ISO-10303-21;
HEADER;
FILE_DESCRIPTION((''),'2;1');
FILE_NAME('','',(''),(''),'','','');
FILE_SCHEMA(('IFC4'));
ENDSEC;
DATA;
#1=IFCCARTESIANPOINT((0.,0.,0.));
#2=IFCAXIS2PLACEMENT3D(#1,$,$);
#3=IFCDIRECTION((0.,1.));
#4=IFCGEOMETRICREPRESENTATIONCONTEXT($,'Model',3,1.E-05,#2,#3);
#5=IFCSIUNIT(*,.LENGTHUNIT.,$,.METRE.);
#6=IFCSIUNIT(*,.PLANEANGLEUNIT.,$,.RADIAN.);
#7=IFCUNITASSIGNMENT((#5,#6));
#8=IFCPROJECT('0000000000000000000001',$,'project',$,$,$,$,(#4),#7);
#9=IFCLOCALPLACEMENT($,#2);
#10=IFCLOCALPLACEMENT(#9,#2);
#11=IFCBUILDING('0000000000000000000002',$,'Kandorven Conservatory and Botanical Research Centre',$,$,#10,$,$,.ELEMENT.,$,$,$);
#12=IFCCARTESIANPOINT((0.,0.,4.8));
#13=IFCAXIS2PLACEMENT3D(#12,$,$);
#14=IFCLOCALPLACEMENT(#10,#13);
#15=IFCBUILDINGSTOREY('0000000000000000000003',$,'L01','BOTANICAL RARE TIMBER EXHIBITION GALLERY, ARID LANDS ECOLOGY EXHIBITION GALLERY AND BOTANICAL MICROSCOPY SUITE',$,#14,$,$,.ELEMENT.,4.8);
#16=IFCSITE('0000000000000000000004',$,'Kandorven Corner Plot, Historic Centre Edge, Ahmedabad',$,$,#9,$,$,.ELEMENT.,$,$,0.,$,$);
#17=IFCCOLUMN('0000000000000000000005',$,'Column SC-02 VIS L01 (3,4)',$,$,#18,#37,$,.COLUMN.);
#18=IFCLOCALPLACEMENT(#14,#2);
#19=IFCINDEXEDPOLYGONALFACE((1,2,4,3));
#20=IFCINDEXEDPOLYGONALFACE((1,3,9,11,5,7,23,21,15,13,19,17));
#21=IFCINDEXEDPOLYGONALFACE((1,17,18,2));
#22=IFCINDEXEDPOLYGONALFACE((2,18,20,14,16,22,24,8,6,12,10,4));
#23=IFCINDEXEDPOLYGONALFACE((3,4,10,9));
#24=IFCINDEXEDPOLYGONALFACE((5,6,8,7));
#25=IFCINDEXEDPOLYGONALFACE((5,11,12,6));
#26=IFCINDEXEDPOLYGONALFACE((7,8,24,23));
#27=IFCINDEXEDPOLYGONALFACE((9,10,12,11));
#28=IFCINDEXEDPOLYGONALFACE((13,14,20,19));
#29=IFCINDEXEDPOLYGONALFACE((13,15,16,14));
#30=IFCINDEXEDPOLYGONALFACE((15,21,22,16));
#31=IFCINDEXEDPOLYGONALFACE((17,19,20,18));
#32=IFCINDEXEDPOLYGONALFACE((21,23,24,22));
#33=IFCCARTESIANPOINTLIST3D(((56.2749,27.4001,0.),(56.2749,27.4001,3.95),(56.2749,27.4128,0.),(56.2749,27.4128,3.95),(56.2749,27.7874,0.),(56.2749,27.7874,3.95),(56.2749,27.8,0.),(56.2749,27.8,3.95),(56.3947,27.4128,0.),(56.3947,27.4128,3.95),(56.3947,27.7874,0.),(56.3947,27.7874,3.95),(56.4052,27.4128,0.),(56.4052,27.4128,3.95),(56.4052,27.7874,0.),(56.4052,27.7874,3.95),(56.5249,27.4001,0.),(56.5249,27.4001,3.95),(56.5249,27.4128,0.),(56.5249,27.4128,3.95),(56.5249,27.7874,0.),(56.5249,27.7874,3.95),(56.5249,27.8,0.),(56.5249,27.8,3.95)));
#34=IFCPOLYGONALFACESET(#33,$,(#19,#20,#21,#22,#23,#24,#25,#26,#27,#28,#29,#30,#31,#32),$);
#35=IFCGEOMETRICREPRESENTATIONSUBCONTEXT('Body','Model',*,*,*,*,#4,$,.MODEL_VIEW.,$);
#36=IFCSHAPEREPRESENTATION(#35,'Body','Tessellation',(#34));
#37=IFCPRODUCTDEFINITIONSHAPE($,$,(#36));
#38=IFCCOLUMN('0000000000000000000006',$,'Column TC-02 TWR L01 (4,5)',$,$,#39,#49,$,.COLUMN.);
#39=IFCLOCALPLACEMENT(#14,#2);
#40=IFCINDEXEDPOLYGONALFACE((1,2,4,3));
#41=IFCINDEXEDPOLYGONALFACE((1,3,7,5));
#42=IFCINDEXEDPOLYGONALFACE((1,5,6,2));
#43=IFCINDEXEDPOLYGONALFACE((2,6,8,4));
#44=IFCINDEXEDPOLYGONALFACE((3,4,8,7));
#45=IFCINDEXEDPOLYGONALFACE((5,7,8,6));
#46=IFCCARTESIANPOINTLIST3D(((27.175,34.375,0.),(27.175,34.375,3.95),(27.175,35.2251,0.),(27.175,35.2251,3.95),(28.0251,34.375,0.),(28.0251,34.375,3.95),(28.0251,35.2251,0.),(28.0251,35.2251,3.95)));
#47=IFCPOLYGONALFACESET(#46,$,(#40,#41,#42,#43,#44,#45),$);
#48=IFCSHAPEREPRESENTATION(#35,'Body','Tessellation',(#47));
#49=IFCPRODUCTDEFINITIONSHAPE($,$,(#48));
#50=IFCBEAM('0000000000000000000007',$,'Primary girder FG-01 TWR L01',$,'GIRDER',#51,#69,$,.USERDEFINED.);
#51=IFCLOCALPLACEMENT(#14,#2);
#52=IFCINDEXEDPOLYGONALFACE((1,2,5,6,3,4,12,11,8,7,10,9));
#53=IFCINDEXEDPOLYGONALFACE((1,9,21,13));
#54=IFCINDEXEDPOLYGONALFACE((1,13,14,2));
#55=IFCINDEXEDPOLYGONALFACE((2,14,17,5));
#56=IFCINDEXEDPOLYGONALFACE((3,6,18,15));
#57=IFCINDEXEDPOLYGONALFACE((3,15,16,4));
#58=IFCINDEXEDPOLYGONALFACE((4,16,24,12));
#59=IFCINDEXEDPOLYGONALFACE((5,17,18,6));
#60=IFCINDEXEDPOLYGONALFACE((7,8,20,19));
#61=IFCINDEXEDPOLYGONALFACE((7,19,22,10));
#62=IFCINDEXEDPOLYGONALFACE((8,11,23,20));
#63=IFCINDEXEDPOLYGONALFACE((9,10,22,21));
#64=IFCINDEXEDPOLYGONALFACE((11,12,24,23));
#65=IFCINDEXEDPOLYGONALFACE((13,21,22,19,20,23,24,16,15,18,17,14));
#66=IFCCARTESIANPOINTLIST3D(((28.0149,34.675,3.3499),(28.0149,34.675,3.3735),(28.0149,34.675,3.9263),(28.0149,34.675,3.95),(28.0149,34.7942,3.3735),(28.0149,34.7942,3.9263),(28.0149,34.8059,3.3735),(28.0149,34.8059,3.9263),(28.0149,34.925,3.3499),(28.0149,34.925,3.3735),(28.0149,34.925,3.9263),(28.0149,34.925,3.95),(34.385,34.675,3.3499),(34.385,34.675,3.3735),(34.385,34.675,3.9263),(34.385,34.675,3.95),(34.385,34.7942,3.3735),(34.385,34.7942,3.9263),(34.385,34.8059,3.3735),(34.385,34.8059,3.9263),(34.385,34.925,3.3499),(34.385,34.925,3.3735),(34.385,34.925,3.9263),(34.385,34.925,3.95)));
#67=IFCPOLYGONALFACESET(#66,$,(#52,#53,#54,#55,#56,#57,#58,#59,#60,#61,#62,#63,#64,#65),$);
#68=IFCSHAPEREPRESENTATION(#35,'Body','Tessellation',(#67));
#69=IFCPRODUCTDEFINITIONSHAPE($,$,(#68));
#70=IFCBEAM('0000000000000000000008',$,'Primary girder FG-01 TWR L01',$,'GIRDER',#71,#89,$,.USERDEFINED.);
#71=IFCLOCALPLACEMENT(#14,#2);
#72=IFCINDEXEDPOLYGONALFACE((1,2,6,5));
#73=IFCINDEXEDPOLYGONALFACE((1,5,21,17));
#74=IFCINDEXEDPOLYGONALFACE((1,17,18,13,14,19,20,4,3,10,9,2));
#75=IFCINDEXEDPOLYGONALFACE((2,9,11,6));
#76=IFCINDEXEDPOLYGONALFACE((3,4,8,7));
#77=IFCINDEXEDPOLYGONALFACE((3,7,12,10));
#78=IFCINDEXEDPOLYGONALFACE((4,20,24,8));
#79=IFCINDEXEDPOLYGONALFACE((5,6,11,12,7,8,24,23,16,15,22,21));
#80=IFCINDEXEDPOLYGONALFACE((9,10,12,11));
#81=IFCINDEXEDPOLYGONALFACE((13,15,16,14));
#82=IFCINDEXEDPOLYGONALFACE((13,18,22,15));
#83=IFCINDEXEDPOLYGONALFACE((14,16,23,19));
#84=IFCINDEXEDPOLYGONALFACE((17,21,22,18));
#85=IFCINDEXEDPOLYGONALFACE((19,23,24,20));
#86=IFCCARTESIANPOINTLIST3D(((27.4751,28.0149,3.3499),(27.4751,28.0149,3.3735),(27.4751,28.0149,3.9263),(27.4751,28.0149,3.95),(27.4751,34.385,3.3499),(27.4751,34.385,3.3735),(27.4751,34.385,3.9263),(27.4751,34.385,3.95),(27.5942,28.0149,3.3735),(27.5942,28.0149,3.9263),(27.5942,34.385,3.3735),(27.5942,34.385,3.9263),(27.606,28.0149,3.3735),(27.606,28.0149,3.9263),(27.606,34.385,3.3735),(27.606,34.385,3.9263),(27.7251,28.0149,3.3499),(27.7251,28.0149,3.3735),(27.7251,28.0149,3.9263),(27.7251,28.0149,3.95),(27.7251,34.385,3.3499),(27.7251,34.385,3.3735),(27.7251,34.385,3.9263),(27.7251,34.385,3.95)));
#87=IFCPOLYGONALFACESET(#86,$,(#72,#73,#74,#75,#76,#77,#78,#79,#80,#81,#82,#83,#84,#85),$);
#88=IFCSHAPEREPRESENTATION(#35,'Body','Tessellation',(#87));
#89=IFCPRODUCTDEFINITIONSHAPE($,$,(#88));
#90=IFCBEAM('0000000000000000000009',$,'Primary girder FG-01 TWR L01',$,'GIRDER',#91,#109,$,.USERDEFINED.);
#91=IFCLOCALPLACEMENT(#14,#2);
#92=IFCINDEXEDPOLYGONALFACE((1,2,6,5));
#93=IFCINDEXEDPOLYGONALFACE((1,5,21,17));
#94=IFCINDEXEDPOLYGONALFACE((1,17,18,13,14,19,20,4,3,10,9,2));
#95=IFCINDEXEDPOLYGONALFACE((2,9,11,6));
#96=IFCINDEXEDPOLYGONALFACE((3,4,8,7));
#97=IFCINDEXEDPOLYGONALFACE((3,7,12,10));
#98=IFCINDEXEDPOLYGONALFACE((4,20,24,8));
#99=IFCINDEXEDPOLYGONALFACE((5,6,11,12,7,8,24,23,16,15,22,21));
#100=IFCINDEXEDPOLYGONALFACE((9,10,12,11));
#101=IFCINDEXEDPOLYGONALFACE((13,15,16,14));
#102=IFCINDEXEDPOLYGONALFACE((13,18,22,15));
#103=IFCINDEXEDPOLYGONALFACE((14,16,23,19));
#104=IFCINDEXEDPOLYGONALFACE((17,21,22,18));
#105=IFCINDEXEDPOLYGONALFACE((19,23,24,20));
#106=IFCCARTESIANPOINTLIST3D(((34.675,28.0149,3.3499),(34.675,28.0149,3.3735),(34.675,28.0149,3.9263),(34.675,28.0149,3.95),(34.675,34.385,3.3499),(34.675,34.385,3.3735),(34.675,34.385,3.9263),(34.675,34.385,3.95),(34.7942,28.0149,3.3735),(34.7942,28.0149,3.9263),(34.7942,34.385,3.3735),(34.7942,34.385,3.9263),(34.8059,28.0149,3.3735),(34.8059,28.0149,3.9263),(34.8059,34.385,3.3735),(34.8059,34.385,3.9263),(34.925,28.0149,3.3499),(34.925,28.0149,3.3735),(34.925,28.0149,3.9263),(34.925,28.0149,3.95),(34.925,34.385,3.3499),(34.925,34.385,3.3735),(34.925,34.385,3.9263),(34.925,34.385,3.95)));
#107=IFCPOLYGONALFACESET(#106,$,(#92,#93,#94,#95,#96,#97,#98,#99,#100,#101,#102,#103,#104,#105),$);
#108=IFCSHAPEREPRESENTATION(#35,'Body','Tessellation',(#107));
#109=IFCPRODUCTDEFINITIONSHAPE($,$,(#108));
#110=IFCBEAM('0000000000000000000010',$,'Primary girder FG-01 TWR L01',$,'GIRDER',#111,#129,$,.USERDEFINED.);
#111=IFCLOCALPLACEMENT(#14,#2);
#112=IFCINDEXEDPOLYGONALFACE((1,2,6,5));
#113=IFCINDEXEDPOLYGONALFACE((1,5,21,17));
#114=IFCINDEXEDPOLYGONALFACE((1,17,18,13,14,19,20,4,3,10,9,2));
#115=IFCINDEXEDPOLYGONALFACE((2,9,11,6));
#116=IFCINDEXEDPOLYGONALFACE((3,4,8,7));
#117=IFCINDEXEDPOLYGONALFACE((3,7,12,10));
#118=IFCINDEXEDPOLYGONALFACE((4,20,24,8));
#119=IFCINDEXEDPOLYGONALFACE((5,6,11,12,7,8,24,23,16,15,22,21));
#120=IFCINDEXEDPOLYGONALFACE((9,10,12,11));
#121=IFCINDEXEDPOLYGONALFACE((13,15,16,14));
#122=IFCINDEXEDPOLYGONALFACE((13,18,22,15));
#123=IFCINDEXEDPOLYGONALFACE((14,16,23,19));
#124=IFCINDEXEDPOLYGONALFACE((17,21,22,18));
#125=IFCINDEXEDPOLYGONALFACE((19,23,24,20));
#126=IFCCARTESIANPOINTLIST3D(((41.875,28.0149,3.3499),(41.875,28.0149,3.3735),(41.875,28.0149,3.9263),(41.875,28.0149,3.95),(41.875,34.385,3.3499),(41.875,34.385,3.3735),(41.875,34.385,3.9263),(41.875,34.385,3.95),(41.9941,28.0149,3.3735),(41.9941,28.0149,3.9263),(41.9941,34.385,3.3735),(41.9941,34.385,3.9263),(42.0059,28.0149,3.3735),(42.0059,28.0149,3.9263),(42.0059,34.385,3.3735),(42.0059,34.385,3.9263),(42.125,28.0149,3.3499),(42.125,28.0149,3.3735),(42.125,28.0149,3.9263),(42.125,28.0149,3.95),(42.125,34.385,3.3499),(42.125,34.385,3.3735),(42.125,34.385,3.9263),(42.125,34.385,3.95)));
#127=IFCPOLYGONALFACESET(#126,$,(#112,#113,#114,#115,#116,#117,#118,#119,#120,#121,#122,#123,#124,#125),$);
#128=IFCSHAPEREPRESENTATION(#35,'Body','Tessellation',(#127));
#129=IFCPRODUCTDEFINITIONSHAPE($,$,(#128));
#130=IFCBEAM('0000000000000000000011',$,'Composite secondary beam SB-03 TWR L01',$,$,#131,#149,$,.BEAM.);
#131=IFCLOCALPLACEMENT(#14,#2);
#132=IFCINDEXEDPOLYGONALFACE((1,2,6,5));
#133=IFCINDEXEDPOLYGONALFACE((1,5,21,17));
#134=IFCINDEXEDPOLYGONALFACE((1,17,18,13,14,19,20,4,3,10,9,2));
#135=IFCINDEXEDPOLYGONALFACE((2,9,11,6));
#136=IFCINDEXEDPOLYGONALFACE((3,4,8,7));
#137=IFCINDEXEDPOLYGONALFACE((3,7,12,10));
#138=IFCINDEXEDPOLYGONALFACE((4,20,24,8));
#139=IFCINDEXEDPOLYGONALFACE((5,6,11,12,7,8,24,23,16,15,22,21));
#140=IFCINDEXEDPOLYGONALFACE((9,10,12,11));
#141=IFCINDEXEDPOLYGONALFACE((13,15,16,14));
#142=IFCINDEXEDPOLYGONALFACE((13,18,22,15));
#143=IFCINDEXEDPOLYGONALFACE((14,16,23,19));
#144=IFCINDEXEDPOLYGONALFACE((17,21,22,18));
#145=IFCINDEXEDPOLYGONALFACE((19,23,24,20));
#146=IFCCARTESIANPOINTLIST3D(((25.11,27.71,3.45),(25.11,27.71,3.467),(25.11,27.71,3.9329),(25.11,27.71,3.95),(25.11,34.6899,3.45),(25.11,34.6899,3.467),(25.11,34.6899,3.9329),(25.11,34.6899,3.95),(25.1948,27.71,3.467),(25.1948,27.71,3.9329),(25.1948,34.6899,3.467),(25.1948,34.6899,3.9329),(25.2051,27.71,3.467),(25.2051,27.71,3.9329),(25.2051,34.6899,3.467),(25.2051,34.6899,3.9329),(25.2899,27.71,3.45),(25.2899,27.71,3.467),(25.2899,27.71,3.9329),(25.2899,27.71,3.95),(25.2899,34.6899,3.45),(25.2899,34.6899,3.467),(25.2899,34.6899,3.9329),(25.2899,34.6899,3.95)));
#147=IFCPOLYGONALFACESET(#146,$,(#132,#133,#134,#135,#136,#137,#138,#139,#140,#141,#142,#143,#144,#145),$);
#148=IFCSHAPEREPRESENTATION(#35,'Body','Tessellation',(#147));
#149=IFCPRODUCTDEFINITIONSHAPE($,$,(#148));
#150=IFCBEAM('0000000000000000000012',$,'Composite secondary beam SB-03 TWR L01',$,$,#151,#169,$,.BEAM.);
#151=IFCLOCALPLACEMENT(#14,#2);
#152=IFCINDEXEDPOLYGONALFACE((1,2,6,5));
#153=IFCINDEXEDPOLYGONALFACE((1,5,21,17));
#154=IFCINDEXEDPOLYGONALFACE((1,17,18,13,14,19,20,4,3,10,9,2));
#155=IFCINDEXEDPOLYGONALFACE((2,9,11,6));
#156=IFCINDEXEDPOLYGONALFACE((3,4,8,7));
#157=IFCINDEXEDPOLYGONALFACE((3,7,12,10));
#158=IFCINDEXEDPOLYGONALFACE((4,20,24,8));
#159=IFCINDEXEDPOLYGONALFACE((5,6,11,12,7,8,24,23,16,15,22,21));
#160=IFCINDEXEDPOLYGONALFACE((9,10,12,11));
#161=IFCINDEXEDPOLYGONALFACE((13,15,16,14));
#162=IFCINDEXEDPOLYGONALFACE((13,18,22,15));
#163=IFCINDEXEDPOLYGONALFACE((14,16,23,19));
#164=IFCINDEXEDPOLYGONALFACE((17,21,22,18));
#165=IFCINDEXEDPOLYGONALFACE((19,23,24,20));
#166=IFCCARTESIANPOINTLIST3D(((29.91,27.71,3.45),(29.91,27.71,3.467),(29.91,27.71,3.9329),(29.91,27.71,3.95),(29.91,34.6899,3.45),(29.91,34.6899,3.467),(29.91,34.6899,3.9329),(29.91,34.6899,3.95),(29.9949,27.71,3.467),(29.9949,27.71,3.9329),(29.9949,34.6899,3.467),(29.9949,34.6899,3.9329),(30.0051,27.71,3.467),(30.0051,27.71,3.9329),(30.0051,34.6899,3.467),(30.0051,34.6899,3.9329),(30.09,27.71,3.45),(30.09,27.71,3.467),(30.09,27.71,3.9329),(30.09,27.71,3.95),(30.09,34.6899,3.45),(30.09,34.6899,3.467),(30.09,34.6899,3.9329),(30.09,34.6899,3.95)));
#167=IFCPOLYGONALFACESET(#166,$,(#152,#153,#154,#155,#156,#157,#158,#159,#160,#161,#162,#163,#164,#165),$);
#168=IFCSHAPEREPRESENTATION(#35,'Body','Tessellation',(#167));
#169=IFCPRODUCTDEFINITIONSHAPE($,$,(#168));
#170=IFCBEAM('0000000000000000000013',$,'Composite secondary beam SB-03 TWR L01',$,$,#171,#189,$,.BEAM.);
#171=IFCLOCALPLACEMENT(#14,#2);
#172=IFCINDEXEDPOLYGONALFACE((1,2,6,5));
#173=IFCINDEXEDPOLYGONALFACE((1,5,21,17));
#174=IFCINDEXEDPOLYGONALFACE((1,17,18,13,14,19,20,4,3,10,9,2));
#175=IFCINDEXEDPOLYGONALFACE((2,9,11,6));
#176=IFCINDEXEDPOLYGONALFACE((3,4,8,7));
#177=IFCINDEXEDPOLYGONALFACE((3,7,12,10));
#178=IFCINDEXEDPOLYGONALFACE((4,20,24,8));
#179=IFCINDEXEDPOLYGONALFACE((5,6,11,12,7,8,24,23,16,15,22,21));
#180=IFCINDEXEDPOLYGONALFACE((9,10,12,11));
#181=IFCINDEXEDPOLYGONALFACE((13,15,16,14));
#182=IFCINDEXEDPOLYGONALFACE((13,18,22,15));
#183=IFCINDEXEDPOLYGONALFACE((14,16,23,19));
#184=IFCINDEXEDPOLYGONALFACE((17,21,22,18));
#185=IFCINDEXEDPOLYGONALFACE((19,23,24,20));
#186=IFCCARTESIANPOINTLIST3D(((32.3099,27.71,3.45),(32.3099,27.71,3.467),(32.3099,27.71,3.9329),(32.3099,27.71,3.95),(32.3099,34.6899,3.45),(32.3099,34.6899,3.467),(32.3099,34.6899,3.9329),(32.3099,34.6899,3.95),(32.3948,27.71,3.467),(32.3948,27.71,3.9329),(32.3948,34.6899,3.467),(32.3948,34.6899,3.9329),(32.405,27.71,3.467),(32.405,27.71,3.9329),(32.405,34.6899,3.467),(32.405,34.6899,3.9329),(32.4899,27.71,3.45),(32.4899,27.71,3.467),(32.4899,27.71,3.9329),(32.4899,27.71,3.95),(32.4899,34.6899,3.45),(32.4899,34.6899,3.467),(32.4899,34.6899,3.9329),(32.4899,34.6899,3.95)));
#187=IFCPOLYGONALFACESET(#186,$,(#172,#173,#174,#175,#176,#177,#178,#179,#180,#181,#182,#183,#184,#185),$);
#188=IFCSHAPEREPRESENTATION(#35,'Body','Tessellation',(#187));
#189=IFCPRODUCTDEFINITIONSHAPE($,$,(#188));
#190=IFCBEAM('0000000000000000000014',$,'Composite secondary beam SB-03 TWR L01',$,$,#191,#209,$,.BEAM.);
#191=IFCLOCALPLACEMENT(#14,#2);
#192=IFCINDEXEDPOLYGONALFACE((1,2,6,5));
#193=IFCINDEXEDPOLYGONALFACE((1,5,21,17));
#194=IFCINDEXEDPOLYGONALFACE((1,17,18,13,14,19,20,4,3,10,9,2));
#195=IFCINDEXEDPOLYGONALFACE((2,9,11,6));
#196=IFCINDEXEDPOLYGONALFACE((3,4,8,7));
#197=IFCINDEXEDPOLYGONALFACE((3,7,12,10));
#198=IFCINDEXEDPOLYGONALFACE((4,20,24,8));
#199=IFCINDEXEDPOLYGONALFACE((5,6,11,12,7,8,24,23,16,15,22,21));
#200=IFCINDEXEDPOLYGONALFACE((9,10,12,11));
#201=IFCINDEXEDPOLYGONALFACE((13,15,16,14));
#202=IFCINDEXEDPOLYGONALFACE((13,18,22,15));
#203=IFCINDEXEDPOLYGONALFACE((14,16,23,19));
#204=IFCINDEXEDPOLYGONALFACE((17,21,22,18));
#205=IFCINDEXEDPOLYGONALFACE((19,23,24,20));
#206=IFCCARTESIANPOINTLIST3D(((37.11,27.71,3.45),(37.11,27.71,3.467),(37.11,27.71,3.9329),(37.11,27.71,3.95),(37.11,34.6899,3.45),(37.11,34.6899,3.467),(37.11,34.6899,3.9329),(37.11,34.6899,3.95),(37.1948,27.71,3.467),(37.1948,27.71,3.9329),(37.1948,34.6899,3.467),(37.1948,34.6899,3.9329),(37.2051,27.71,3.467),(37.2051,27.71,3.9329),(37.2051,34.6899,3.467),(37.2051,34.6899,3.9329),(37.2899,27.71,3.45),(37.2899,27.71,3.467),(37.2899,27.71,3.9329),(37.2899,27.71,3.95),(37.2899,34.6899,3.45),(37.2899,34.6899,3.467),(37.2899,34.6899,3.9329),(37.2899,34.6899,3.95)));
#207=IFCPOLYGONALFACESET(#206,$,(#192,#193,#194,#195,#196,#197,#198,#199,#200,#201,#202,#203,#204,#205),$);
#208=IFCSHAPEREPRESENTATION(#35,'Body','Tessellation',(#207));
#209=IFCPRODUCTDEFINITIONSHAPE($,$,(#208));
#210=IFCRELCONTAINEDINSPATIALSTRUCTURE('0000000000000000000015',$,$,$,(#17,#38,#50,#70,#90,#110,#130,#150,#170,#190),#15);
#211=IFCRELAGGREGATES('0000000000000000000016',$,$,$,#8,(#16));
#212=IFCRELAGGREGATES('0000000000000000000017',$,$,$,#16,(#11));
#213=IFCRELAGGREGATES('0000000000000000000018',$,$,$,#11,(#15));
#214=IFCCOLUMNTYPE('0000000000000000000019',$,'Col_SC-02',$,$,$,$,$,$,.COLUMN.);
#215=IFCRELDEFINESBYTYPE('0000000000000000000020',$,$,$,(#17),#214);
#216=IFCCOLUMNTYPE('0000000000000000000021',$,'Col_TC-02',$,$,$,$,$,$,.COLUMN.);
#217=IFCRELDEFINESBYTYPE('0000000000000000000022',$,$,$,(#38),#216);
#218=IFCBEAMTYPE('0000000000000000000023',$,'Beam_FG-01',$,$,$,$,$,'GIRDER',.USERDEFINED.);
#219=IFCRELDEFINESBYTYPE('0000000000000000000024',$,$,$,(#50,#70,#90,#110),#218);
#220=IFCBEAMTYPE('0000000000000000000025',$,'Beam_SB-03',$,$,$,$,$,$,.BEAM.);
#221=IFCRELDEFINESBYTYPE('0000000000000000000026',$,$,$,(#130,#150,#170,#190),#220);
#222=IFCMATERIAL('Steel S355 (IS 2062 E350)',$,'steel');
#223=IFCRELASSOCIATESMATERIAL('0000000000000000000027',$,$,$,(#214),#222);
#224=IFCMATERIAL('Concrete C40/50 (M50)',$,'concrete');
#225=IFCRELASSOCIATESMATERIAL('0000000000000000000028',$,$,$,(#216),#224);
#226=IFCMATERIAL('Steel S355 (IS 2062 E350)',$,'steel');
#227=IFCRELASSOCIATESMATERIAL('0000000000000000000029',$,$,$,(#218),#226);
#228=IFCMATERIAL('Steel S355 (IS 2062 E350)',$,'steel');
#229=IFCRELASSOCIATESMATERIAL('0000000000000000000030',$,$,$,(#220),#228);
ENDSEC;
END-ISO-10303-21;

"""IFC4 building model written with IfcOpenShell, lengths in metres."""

from ifc_helpers import new_model, si_unit, direction, frame, origin, origin_2d, place, context, subcontext, project, spatial, rectangle, i_section, extrude, material, material_profile, profile_set, type_object, element, save


model = new_model("IFC4")

# Units and contexts
model_context = context("Model", 3, precision=1e-05, world=origin(), true_north=direction((0.0, 1.0)))
body_context = subcontext(model_context, "Body", "Model", "MODEL_VIEW")
ifc_project = project(units=[si_unit("LENGTHUNIT", "METRE"), si_unit("PLANEANGLEUNIT", "RADIAN")], contexts=[model_context])

# Site, building, storey
site_placement = place(None, origin())
site = spatial("IfcSite", under=ifc_project, at=site_placement, Name="Kandorven Corner Plot, Historic Centre Edge, Ahmedabad", CompositionType="ELEMENT", RefElevation=0.0)
building_placement = place(site_placement, origin())
building = spatial("IfcBuilding", under=site, at=building_placement, Name="Kandorven Conservatory and Botanical Research Centre", CompositionType="ELEMENT")
storey_placement = place(building_placement, frame((0.0, 0.0, 4.8)))
storey = spatial("IfcBuildingStorey", under=building, at=storey_placement, Name="L01", Description="BOTANICAL RARE TIMBER EXHIBITION GALLERY, ARID LANDS ECOLOGY EXHIBITION GALLERY AND BOTANICAL MICROSCOPY SUITE", CompositionType="ELEMENT", Elevation=4.8)

# Columns
ifc_material_1 = material(Name="Steel S355 (IS 2062 E350)", Category="steel")
ifc_material_profile_1 = material_profile(ifc_material_1, i_section(OverallWidth=0.25, OverallDepth=0.3999, WebThickness=0.0105, FlangeThickness=0.0127, at=origin_2d()))
ifc_profile_set_1 = profile_set([ifc_material_profile_1], Name="Steel S355 (IS 2062 E350)")
column_type_1 = type_object("IfcColumnType", Name="Col_SC-02", PredefinedType="COLUMN", material=ifc_profile_set_1)
column_1_placement = place(storey_placement, frame((56.3999, 27.6001, 0.0), z_axis=(0.0, 0.0, 1.0), x_axis=(1.0, 0.0, 0.0)))
element("IfcColumn", 1, at=column_1_placement, inside=storey, type_object=column_type_1, Name="Column SC-02 VIS L01 (3,4)", PredefinedType="COLUMN", context=body_context, shape_type="SweptSolid", body=[
    extrude(i_section(OverallWidth=0.25, OverallDepth=0.3999, WebThickness=0.0105, FlangeThickness=0.0127, at=origin_2d()), origin(), (0.0, 0.0, 1.0), 3.95),
])
ifc_material_2 = material(Name="Concrete C40/50 (M50)", Category="concrete")
ifc_material_profile_2 = material_profile(ifc_material_2, rectangle(XDim=0.8501, YDim=0.8501, at=origin_2d()))
ifc_profile_set_2 = profile_set([ifc_material_profile_2], Name="Concrete C40/50 (M50)")
column_type_2 = type_object("IfcColumnType", Name="Col_TC-02", PredefinedType="COLUMN", material=ifc_profile_set_2)
column_2_placement = place(storey_placement, frame((27.6001, 34.8, 0.0), z_axis=(0.0, 0.0, 1.0), x_axis=(1.0, 0.0, 0.0)))
element("IfcColumn", 2, at=column_2_placement, inside=storey, type_object=column_type_2, Name="Column TC-02 TWR L01 (4,5)", PredefinedType="COLUMN", context=body_context, shape_type="SweptSolid", body=[
    extrude(rectangle(XDim=0.8501, YDim=0.8501, at=origin_2d()), origin(), (0.0, 0.0, 1.0), 3.95),
])

# Beams
ifc_material_3 = material(Name="Steel S355 (IS 2062 E350)", Category="steel")
ifc_material_profile_3 = material_profile(ifc_material_3, i_section(OverallWidth=0.25, OverallDepth=0.6001, WebThickness=0.0117, FlangeThickness=0.0237, at=origin_2d()))
ifc_profile_set_3 = profile_set([ifc_material_profile_3], Name="Steel S355 (IS 2062 E350)")
beam_type_1 = type_object("IfcBeamType", Name="Beam_FG-01", ElementType="GIRDER", PredefinedType="USERDEFINED", material=ifc_profile_set_3)
for number, where, z_axis, x_axis, name in (
    (3, (28.0149, 34.8, 3.6499), (1.0, 0.0, 0.0), (0.0, 1.0, 0.0), "Primary girder FG-01 TWR L01"),
    (4, (27.6001, 28.0149, 3.6499), (0.0, 1.0, 0.0), (-1.0, 0.0, 0.0), "Primary girder FG-01 TWR L01"),
    (5, (34.8, 28.0149, 3.6499), (0.0, 1.0, 0.0), (-1.0, 0.0, 0.0), "Primary girder FG-01 TWR L01"),
    (6, (42.0, 28.0149, 3.6499), (0.0, 1.0, 0.0), (-1.0, 0.0, 0.0), "Primary girder FG-01 TWR L01"),
):
    element("IfcBeam", number, at=place(storey_placement, frame(where, z_axis=z_axis, x_axis=x_axis)), inside=storey, type_object=beam_type_1, Name=name, ObjectType="GIRDER", PredefinedType="USERDEFINED", context=body_context, shape_type="SweptSolid", body=[
        extrude(i_section(OverallWidth=0.25, OverallDepth=0.6001, WebThickness=0.0117, FlangeThickness=0.0237, at=origin_2d()), origin(), (0.0, 0.0, 1.0), 6.3701),
    ])
ifc_material_4 = material(Name="Steel S355 (IS 2062 E350)", Category="steel")
ifc_material_profile_4 = material_profile(ifc_material_4, i_section(OverallWidth=0.1799, OverallDepth=0.5, WebThickness=0.0103, FlangeThickness=0.0171, at=origin_2d()))
ifc_profile_set_4 = profile_set([ifc_material_profile_4], Name="Steel S355 (IS 2062 E350)")
beam_type_2 = type_object("IfcBeamType", Name="Beam_SB-03", PredefinedType="BEAM", material=ifc_profile_set_4)
for number, where, z_axis, x_axis, name in (
    (7, (25.2, 27.71, 3.7), (0.0, 1.0, 0.0), (-1.0, 0.0, 0.0), "Composite secondary beam SB-03 TWR L01"),
    (8, (30.0, 27.71, 3.7), (0.0, 1.0, 0.0), (-1.0, 0.0, 0.0), "Composite secondary beam SB-03 TWR L01"),
    (9, (32.3999, 27.71, 3.7), (0.0, 1.0, 0.0), (-1.0, 0.0, 0.0), "Composite secondary beam SB-03 TWR L01"),
    (10, (37.2, 27.71, 3.7), (0.0, 1.0, 0.0), (-1.0, 0.0, 0.0), "Composite secondary beam SB-03 TWR L01"),
):
    element("IfcBeam", number, at=place(storey_placement, frame(where, z_axis=z_axis, x_axis=x_axis)), inside=storey, type_object=beam_type_2, Name=name, PredefinedType="BEAM", context=body_context, shape_type="SweptSolid", body=[
        extrude(i_section(OverallWidth=0.1799, OverallDepth=0.5, WebThickness=0.0103, FlangeThickness=0.0171, at=origin_2d()), origin(), (0.0, 0.0, 1.0), 6.98),
    ])

save(model, "model.ifc")
